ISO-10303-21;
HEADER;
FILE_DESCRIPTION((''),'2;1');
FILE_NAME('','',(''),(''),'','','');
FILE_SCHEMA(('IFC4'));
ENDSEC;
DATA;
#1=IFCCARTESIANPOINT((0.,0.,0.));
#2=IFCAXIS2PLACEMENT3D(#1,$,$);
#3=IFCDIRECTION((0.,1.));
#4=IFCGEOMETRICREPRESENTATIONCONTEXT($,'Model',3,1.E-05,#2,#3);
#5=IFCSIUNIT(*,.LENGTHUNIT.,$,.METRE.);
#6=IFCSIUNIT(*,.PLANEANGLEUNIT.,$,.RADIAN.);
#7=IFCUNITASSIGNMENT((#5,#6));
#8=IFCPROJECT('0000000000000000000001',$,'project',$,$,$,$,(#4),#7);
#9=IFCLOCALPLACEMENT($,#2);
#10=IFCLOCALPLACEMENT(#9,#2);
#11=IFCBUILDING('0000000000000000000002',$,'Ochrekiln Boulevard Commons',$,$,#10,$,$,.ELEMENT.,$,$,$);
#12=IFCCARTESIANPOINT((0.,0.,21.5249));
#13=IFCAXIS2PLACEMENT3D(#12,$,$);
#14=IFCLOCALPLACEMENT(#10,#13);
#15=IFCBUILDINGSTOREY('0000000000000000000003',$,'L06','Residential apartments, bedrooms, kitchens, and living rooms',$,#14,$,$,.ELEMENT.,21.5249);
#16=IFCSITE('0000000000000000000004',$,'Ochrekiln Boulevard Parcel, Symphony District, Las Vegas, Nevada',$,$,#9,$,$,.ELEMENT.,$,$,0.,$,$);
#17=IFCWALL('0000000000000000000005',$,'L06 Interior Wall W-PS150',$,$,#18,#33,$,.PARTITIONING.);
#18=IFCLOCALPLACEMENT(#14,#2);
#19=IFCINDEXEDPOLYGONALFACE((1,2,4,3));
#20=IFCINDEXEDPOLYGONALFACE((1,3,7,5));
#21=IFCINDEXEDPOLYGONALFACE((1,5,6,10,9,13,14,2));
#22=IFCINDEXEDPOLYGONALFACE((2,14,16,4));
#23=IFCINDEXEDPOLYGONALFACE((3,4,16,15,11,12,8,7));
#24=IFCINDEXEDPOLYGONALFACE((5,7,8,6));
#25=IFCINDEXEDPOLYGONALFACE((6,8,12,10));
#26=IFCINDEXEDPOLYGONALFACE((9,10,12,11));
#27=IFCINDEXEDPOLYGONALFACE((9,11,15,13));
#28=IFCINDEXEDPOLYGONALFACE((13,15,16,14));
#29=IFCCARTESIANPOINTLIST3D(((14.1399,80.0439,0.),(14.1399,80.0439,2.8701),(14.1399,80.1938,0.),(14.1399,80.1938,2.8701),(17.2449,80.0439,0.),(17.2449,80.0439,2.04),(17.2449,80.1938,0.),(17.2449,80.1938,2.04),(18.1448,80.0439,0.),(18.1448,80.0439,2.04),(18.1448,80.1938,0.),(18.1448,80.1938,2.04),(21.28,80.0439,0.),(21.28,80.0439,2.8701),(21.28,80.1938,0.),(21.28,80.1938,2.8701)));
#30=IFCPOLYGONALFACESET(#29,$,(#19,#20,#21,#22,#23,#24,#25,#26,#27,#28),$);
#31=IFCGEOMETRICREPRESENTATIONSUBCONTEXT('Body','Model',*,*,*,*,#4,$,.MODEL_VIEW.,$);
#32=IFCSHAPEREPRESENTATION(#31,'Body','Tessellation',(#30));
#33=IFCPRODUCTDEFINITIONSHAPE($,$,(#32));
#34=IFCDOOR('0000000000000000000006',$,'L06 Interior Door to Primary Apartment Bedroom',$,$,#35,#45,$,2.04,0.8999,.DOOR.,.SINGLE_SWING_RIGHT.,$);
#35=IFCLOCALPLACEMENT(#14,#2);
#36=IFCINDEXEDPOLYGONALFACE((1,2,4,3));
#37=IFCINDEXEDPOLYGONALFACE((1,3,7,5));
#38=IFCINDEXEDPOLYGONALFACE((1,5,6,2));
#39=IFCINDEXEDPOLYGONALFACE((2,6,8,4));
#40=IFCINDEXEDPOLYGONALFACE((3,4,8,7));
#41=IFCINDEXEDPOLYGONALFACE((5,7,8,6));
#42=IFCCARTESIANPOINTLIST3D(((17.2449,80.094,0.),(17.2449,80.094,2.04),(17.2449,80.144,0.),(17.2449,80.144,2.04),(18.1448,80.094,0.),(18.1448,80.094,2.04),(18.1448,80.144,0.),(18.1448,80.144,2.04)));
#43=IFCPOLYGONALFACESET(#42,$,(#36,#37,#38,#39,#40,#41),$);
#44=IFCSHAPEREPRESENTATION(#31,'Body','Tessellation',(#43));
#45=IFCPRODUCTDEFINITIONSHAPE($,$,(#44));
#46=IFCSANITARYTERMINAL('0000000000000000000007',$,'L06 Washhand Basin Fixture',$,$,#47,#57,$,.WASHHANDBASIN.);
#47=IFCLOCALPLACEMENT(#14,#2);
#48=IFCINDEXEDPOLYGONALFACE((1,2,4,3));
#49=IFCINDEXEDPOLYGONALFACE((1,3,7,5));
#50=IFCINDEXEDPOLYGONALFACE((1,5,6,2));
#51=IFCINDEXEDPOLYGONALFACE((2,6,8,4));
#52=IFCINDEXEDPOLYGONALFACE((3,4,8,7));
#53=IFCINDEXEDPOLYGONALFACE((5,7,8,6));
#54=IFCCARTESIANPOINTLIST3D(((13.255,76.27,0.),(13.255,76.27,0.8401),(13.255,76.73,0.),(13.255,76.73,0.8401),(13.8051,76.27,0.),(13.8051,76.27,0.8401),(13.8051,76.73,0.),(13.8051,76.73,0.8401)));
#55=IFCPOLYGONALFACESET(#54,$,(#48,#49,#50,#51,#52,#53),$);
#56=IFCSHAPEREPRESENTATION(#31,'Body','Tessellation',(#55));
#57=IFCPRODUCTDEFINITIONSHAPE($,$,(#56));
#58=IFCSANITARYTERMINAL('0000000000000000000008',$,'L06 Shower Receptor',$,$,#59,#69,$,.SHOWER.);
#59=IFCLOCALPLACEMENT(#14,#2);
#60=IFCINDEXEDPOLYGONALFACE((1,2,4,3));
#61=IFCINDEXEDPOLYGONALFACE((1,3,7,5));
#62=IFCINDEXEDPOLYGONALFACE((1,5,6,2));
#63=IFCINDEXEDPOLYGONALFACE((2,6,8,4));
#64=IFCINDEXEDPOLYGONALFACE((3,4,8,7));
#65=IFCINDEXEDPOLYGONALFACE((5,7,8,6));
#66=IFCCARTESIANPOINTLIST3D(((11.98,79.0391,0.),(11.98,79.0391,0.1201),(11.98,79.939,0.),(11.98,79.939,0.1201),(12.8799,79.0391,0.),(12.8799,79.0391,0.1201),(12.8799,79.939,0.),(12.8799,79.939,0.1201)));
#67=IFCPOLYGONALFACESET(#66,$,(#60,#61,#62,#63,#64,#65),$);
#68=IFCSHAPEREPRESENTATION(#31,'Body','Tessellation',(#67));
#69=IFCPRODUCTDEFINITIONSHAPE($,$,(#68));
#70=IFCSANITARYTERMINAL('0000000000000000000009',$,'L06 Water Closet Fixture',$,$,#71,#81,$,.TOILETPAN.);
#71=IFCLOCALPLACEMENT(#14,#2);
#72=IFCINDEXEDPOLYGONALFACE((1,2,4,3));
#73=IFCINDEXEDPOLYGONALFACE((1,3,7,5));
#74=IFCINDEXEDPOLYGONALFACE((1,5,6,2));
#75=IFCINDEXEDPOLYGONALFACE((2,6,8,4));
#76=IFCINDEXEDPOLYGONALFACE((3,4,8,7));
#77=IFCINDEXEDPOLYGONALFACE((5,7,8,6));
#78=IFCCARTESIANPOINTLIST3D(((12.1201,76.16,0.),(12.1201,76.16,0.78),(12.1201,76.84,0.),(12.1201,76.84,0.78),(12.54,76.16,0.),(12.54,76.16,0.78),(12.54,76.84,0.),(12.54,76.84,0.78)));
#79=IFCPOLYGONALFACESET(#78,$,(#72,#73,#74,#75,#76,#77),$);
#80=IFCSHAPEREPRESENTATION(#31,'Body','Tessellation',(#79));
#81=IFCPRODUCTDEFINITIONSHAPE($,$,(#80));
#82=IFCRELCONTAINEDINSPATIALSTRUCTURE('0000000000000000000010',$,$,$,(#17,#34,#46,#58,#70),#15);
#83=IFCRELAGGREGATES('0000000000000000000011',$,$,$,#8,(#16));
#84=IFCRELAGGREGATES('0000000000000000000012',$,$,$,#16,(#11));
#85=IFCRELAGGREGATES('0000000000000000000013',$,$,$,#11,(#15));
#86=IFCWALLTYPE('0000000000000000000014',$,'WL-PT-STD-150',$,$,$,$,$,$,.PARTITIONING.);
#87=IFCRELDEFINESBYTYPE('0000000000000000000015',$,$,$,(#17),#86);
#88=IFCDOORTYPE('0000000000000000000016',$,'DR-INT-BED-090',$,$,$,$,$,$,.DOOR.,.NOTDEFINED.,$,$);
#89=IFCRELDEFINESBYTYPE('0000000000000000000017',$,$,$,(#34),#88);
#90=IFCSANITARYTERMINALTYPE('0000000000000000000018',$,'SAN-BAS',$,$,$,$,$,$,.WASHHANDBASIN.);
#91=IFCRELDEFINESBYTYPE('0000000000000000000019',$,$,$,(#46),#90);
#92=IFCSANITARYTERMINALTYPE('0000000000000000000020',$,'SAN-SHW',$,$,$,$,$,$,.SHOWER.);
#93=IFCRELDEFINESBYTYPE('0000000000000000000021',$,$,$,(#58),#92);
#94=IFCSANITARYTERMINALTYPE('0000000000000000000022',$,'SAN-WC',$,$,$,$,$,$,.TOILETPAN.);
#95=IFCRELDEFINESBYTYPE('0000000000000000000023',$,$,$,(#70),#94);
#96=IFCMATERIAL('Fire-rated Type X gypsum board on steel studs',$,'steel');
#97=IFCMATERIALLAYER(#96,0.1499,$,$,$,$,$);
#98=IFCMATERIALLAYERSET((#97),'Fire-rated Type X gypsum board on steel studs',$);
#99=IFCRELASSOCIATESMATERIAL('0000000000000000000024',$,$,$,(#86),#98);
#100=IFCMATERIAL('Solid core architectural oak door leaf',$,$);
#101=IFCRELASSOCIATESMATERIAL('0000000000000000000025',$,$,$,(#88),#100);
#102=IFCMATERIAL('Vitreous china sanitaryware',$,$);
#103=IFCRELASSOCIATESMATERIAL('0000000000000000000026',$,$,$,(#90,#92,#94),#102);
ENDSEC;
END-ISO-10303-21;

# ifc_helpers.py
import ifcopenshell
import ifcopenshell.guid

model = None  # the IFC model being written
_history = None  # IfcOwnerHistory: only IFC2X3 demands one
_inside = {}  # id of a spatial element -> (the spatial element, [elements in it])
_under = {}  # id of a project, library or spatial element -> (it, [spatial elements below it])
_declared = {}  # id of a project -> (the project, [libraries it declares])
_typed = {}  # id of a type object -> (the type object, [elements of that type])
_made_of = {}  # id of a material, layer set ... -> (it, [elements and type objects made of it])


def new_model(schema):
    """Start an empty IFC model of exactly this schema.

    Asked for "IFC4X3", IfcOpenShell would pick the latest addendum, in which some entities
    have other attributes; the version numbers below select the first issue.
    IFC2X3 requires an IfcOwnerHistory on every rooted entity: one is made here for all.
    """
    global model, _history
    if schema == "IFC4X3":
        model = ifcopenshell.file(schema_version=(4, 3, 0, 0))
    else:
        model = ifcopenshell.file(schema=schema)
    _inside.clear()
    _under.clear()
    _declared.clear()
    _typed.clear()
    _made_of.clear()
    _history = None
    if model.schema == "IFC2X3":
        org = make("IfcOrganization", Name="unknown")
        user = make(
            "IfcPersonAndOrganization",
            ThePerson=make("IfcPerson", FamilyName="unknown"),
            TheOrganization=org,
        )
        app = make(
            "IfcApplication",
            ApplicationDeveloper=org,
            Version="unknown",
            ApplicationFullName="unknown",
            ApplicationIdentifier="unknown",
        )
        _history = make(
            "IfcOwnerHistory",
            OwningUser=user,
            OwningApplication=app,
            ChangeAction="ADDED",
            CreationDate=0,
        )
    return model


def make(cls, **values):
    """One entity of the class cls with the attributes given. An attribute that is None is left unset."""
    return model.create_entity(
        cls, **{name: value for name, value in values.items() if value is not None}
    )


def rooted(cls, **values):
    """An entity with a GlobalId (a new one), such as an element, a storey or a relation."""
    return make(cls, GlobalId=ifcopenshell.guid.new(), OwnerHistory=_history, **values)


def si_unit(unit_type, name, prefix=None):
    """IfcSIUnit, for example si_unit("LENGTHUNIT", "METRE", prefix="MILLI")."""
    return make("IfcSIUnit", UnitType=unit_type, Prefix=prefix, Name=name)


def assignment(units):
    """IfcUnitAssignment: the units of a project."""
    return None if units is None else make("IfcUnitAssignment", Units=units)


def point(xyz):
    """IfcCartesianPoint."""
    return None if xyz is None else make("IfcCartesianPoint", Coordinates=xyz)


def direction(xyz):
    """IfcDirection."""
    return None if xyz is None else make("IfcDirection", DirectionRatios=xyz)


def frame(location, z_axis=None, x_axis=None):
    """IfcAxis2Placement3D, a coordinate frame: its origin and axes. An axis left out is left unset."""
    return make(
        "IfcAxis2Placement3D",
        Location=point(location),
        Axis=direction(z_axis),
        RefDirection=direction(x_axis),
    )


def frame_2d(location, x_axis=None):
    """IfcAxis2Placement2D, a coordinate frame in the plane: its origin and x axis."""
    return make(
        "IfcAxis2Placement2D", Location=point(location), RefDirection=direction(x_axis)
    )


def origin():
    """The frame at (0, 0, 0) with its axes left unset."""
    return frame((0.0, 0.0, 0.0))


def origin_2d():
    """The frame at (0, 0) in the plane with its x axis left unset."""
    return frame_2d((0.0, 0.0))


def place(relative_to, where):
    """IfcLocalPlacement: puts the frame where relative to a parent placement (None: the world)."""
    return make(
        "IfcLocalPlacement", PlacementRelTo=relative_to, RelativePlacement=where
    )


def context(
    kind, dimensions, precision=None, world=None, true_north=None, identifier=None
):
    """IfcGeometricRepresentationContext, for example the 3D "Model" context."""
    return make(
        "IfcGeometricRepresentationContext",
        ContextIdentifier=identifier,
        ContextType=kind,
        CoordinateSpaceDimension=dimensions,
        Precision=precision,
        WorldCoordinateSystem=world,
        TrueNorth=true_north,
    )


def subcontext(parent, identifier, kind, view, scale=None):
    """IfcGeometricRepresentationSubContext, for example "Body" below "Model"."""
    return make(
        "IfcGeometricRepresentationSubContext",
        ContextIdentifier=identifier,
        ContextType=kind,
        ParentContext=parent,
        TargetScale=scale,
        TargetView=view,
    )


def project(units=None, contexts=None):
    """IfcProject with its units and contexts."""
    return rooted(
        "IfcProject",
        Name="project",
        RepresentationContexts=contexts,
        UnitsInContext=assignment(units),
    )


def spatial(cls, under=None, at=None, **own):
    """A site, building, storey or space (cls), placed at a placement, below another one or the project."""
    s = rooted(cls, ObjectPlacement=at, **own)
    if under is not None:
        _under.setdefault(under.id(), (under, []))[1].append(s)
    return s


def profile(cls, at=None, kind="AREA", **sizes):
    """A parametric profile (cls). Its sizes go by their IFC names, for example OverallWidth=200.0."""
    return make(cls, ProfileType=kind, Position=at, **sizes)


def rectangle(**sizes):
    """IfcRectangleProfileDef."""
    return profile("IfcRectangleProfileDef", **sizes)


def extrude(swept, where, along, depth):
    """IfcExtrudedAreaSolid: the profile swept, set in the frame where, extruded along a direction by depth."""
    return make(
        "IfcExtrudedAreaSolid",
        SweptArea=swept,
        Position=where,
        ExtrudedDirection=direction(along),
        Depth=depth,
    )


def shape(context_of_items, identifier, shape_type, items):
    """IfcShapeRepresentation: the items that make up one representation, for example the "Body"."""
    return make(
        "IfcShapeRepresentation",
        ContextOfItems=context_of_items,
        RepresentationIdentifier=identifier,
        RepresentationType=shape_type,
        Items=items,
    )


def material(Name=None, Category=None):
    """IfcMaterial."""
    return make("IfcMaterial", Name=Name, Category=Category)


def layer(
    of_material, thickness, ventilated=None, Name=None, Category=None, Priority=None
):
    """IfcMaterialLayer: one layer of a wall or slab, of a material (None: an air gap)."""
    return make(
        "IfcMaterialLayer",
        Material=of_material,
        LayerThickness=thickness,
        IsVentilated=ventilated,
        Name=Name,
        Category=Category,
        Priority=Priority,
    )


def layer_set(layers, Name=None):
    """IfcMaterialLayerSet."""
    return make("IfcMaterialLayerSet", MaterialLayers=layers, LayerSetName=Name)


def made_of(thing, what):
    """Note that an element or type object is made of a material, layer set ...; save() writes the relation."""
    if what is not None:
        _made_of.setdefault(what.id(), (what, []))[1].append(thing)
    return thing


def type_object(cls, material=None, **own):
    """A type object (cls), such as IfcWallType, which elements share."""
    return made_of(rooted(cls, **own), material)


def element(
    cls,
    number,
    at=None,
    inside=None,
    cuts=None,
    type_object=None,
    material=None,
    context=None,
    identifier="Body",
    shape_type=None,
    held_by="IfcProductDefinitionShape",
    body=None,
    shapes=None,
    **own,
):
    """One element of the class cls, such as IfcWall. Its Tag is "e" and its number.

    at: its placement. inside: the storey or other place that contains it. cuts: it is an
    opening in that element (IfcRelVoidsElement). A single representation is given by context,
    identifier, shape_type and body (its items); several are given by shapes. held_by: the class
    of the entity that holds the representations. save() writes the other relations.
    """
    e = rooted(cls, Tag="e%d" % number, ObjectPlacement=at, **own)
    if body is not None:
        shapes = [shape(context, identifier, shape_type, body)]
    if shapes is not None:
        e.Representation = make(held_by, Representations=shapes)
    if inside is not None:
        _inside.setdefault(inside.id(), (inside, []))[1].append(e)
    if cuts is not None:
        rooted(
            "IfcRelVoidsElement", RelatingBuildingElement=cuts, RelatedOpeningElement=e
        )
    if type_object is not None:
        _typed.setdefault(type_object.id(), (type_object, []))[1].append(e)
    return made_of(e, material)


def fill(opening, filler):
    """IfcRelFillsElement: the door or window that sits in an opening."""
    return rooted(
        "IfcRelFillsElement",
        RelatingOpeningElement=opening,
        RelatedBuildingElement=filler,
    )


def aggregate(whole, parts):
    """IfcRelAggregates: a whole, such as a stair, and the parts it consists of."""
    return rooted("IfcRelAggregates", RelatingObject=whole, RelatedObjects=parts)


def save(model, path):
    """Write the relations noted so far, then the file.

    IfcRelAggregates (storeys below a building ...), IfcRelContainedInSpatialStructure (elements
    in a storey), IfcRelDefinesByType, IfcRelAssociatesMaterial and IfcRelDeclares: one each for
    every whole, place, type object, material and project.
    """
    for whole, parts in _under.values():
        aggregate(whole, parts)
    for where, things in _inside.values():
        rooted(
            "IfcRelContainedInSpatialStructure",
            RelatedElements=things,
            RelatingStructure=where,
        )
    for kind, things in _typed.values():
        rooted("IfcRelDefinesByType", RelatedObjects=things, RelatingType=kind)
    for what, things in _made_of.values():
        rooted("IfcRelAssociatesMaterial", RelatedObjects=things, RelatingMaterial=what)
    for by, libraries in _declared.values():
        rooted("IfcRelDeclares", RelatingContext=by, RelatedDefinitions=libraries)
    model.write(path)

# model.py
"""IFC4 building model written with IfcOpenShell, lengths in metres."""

from ifc_helpers import new_model, si_unit, direction, frame, frame_2d, origin, origin_2d, place, context, subcontext, project, spatial, rectangle, extrude, material, layer, layer_set, type_object, element, fill, save


model = new_model("IFC4")

# Units and contexts
model_context = context("Model", 3, precision=1e-05, world=origin(), true_north=direction((0.0, 1.0)))
body_context = subcontext(model_context, "Body", "Model", "MODEL_VIEW")
ifc_project = project(units=[si_unit("LENGTHUNIT", "METRE"), si_unit("PLANEANGLEUNIT", "RADIAN")], contexts=[model_context])

# Site, building, storey
site_placement = place(None, origin())
site = spatial("IfcSite", under=ifc_project, at=site_placement, Name="Ochrekiln Boulevard Parcel, Symphony District, Las Vegas, Nevada", CompositionType="ELEMENT", RefElevation=0.0)
building_placement = place(site_placement, origin())
building = spatial("IfcBuilding", under=site, at=building_placement, Name="Ochrekiln Boulevard Commons", CompositionType="ELEMENT")
storey_placement = place(building_placement, frame((0.0, 0.0, 21.5249)))
storey = spatial("IfcBuildingStorey", under=building, at=storey_placement, Name="L06", Description="Residential apartments, bedrooms, kitchens, and living rooms", CompositionType="ELEMENT", Elevation=21.5249)

# Shared definitions
ifc_material_1 = material(Name="Solid core architectural oak door leaf")

# Wall, opening, door
ifc_material_2 = material(Name="Fire-rated Type X gypsum board on steel studs", Category="steel")
ifc_layer_1 = layer(ifc_material_2, 0.1499)
ifc_layer_set_1 = layer_set([ifc_layer_1], Name="Fire-rated Type X gypsum board on steel studs")
wall_type_1 = type_object("IfcWallType", Name="WL-PT-STD-150", PredefinedType="PARTITIONING", material=ifc_layer_set_1)
wall_1_placement = place(storey_placement, frame((14.1399, 80.1189, 0.0), z_axis=(0.0, 0.0, 1.0), x_axis=(1.0, 0.0, 0.0)))
wall_1 = element("IfcWall", 1, at=wall_1_placement, inside=storey, type_object=wall_type_1, Name="L06 Interior Wall W-PS150", PredefinedType="PARTITIONING", context=body_context, shape_type="SweptSolid", body=[
    extrude(rectangle(XDim=7.1401, YDim=0.1499, at=frame_2d((3.5701, 0.0))), origin(), (0.0, 0.0, 1.0), 2.8701),
])
opening_1_placement = place(wall_1_placement, frame((3.105, 0.0, 0.0)))
opening_1 = element("IfcOpeningElement", 2, at=opening_1_placement, cuts=wall_1, PredefinedType="OPENING", context=body_context, shape_type="SweptSolid", body=[
    extrude(rectangle(XDim=0.8999, YDim=2.04, at=frame_2d((0.45, 1.02))), frame((0.0, 0.085, 0.0), z_axis=(0.0, -1.0, 0.0), x_axis=(1.0, 0.0, 0.0)), (0.0, 0.0, 1.0), 0.1699),
])
door_type_1 = type_object("IfcDoorType", Name="DR-INT-BED-090", OperationType="NOTDEFINED", PredefinedType="DOOR", material=ifc_material_1)
door_1_placement = place(opening_1_placement, frame((0.8999, 0.0, 0.0), z_axis=(0.0, 0.0, 1.0), x_axis=(-1.0, 0.0, 0.0)))
door_1 = element("IfcDoor", 3, at=door_1_placement, inside=storey, type_object=door_type_1, Name="L06 Interior Door to Primary Apartment Bedroom", OperationType="SINGLE_SWING_RIGHT", OverallHeight=2.04, OverallWidth=0.8999, PredefinedType="DOOR", context=body_context, shape_type="SweptSolid", body=[
    extrude(rectangle(XDim=0.8999, YDim=2.04, at=frame_2d((0.45, 1.02))), frame((0.0, 0.0249, 0.0), z_axis=(0.0, -1.0, 0.0), x_axis=(1.0, 0.0, 0.0)), (0.0, 0.0, 1.0), 0.05),
])
fill(opening_1, door_1)

# Sanitary terminals
ifc_material_3 = material(Name="Vitreous china sanitaryware")
sanitary_terminal_type_1 = type_object("IfcSanitaryTerminalType", Name="SAN-BAS", PredefinedType="WASHHANDBASIN", material=ifc_material_3)
sanitary_terminal_1_placement = place(storey_placement, frame((13.53, 76.5, 0.0), z_axis=(0.0, 0.0, 1.0), x_axis=(1.0, 0.0, 0.0)))
element("IfcSanitaryTerminal", 4, at=sanitary_terminal_1_placement, inside=storey, type_object=sanitary_terminal_type_1, Name="L06 Washhand Basin Fixture", PredefinedType="WASHHANDBASIN", context=body_context, shape_type="SweptSolid", body=[
    extrude(rectangle(XDim=0.55, YDim=0.46, at=origin_2d()), origin(), (0.0, 0.0, 1.0), 0.8401),
])
sanitary_terminal_type_2 = type_object("IfcSanitaryTerminalType", Name="SAN-SHW", PredefinedType="SHOWER", material=ifc_material_3)
sanitary_terminal_2_placement = place(storey_placement, frame((12.4299, 79.489, 0.0), z_axis=(0.0, 0.0, 1.0), x_axis=(1.0, 0.0, 0.0)))
element("IfcSanitaryTerminal", 5, at=sanitary_terminal_2_placement, inside=storey, type_object=sanitary_terminal_type_2, Name="L06 Shower Receptor", PredefinedType="SHOWER", context=body_context, shape_type="SweptSolid", body=[
    extrude(rectangle(XDim=0.8999, YDim=0.8999, at=origin_2d()), origin(), (0.0, 0.0, 1.0), 0.1201),
])
sanitary_terminal_type_3 = type_object("IfcSanitaryTerminalType", Name="SAN-WC", PredefinedType="TOILETPAN", material=ifc_material_3)
sanitary_terminal_3_placement = place(storey_placement, frame((12.3301, 76.5, 0.0), z_axis=(0.0, 0.0, 1.0), x_axis=(1.0, 0.0, 0.0)))
element("IfcSanitaryTerminal", 6, at=sanitary_terminal_3_placement, inside=storey, type_object=sanitary_terminal_type_3, Name="L06 Water Closet Fixture", PredefinedType="TOILETPAN", context=body_context, shape_type="SweptSolid", body=[
    extrude(rectangle(XDim=0.4199, YDim=0.6799, at=origin_2d()), origin(), (0.0, 0.0, 1.0), 0.78),
])

save(model, "model.ifc")
